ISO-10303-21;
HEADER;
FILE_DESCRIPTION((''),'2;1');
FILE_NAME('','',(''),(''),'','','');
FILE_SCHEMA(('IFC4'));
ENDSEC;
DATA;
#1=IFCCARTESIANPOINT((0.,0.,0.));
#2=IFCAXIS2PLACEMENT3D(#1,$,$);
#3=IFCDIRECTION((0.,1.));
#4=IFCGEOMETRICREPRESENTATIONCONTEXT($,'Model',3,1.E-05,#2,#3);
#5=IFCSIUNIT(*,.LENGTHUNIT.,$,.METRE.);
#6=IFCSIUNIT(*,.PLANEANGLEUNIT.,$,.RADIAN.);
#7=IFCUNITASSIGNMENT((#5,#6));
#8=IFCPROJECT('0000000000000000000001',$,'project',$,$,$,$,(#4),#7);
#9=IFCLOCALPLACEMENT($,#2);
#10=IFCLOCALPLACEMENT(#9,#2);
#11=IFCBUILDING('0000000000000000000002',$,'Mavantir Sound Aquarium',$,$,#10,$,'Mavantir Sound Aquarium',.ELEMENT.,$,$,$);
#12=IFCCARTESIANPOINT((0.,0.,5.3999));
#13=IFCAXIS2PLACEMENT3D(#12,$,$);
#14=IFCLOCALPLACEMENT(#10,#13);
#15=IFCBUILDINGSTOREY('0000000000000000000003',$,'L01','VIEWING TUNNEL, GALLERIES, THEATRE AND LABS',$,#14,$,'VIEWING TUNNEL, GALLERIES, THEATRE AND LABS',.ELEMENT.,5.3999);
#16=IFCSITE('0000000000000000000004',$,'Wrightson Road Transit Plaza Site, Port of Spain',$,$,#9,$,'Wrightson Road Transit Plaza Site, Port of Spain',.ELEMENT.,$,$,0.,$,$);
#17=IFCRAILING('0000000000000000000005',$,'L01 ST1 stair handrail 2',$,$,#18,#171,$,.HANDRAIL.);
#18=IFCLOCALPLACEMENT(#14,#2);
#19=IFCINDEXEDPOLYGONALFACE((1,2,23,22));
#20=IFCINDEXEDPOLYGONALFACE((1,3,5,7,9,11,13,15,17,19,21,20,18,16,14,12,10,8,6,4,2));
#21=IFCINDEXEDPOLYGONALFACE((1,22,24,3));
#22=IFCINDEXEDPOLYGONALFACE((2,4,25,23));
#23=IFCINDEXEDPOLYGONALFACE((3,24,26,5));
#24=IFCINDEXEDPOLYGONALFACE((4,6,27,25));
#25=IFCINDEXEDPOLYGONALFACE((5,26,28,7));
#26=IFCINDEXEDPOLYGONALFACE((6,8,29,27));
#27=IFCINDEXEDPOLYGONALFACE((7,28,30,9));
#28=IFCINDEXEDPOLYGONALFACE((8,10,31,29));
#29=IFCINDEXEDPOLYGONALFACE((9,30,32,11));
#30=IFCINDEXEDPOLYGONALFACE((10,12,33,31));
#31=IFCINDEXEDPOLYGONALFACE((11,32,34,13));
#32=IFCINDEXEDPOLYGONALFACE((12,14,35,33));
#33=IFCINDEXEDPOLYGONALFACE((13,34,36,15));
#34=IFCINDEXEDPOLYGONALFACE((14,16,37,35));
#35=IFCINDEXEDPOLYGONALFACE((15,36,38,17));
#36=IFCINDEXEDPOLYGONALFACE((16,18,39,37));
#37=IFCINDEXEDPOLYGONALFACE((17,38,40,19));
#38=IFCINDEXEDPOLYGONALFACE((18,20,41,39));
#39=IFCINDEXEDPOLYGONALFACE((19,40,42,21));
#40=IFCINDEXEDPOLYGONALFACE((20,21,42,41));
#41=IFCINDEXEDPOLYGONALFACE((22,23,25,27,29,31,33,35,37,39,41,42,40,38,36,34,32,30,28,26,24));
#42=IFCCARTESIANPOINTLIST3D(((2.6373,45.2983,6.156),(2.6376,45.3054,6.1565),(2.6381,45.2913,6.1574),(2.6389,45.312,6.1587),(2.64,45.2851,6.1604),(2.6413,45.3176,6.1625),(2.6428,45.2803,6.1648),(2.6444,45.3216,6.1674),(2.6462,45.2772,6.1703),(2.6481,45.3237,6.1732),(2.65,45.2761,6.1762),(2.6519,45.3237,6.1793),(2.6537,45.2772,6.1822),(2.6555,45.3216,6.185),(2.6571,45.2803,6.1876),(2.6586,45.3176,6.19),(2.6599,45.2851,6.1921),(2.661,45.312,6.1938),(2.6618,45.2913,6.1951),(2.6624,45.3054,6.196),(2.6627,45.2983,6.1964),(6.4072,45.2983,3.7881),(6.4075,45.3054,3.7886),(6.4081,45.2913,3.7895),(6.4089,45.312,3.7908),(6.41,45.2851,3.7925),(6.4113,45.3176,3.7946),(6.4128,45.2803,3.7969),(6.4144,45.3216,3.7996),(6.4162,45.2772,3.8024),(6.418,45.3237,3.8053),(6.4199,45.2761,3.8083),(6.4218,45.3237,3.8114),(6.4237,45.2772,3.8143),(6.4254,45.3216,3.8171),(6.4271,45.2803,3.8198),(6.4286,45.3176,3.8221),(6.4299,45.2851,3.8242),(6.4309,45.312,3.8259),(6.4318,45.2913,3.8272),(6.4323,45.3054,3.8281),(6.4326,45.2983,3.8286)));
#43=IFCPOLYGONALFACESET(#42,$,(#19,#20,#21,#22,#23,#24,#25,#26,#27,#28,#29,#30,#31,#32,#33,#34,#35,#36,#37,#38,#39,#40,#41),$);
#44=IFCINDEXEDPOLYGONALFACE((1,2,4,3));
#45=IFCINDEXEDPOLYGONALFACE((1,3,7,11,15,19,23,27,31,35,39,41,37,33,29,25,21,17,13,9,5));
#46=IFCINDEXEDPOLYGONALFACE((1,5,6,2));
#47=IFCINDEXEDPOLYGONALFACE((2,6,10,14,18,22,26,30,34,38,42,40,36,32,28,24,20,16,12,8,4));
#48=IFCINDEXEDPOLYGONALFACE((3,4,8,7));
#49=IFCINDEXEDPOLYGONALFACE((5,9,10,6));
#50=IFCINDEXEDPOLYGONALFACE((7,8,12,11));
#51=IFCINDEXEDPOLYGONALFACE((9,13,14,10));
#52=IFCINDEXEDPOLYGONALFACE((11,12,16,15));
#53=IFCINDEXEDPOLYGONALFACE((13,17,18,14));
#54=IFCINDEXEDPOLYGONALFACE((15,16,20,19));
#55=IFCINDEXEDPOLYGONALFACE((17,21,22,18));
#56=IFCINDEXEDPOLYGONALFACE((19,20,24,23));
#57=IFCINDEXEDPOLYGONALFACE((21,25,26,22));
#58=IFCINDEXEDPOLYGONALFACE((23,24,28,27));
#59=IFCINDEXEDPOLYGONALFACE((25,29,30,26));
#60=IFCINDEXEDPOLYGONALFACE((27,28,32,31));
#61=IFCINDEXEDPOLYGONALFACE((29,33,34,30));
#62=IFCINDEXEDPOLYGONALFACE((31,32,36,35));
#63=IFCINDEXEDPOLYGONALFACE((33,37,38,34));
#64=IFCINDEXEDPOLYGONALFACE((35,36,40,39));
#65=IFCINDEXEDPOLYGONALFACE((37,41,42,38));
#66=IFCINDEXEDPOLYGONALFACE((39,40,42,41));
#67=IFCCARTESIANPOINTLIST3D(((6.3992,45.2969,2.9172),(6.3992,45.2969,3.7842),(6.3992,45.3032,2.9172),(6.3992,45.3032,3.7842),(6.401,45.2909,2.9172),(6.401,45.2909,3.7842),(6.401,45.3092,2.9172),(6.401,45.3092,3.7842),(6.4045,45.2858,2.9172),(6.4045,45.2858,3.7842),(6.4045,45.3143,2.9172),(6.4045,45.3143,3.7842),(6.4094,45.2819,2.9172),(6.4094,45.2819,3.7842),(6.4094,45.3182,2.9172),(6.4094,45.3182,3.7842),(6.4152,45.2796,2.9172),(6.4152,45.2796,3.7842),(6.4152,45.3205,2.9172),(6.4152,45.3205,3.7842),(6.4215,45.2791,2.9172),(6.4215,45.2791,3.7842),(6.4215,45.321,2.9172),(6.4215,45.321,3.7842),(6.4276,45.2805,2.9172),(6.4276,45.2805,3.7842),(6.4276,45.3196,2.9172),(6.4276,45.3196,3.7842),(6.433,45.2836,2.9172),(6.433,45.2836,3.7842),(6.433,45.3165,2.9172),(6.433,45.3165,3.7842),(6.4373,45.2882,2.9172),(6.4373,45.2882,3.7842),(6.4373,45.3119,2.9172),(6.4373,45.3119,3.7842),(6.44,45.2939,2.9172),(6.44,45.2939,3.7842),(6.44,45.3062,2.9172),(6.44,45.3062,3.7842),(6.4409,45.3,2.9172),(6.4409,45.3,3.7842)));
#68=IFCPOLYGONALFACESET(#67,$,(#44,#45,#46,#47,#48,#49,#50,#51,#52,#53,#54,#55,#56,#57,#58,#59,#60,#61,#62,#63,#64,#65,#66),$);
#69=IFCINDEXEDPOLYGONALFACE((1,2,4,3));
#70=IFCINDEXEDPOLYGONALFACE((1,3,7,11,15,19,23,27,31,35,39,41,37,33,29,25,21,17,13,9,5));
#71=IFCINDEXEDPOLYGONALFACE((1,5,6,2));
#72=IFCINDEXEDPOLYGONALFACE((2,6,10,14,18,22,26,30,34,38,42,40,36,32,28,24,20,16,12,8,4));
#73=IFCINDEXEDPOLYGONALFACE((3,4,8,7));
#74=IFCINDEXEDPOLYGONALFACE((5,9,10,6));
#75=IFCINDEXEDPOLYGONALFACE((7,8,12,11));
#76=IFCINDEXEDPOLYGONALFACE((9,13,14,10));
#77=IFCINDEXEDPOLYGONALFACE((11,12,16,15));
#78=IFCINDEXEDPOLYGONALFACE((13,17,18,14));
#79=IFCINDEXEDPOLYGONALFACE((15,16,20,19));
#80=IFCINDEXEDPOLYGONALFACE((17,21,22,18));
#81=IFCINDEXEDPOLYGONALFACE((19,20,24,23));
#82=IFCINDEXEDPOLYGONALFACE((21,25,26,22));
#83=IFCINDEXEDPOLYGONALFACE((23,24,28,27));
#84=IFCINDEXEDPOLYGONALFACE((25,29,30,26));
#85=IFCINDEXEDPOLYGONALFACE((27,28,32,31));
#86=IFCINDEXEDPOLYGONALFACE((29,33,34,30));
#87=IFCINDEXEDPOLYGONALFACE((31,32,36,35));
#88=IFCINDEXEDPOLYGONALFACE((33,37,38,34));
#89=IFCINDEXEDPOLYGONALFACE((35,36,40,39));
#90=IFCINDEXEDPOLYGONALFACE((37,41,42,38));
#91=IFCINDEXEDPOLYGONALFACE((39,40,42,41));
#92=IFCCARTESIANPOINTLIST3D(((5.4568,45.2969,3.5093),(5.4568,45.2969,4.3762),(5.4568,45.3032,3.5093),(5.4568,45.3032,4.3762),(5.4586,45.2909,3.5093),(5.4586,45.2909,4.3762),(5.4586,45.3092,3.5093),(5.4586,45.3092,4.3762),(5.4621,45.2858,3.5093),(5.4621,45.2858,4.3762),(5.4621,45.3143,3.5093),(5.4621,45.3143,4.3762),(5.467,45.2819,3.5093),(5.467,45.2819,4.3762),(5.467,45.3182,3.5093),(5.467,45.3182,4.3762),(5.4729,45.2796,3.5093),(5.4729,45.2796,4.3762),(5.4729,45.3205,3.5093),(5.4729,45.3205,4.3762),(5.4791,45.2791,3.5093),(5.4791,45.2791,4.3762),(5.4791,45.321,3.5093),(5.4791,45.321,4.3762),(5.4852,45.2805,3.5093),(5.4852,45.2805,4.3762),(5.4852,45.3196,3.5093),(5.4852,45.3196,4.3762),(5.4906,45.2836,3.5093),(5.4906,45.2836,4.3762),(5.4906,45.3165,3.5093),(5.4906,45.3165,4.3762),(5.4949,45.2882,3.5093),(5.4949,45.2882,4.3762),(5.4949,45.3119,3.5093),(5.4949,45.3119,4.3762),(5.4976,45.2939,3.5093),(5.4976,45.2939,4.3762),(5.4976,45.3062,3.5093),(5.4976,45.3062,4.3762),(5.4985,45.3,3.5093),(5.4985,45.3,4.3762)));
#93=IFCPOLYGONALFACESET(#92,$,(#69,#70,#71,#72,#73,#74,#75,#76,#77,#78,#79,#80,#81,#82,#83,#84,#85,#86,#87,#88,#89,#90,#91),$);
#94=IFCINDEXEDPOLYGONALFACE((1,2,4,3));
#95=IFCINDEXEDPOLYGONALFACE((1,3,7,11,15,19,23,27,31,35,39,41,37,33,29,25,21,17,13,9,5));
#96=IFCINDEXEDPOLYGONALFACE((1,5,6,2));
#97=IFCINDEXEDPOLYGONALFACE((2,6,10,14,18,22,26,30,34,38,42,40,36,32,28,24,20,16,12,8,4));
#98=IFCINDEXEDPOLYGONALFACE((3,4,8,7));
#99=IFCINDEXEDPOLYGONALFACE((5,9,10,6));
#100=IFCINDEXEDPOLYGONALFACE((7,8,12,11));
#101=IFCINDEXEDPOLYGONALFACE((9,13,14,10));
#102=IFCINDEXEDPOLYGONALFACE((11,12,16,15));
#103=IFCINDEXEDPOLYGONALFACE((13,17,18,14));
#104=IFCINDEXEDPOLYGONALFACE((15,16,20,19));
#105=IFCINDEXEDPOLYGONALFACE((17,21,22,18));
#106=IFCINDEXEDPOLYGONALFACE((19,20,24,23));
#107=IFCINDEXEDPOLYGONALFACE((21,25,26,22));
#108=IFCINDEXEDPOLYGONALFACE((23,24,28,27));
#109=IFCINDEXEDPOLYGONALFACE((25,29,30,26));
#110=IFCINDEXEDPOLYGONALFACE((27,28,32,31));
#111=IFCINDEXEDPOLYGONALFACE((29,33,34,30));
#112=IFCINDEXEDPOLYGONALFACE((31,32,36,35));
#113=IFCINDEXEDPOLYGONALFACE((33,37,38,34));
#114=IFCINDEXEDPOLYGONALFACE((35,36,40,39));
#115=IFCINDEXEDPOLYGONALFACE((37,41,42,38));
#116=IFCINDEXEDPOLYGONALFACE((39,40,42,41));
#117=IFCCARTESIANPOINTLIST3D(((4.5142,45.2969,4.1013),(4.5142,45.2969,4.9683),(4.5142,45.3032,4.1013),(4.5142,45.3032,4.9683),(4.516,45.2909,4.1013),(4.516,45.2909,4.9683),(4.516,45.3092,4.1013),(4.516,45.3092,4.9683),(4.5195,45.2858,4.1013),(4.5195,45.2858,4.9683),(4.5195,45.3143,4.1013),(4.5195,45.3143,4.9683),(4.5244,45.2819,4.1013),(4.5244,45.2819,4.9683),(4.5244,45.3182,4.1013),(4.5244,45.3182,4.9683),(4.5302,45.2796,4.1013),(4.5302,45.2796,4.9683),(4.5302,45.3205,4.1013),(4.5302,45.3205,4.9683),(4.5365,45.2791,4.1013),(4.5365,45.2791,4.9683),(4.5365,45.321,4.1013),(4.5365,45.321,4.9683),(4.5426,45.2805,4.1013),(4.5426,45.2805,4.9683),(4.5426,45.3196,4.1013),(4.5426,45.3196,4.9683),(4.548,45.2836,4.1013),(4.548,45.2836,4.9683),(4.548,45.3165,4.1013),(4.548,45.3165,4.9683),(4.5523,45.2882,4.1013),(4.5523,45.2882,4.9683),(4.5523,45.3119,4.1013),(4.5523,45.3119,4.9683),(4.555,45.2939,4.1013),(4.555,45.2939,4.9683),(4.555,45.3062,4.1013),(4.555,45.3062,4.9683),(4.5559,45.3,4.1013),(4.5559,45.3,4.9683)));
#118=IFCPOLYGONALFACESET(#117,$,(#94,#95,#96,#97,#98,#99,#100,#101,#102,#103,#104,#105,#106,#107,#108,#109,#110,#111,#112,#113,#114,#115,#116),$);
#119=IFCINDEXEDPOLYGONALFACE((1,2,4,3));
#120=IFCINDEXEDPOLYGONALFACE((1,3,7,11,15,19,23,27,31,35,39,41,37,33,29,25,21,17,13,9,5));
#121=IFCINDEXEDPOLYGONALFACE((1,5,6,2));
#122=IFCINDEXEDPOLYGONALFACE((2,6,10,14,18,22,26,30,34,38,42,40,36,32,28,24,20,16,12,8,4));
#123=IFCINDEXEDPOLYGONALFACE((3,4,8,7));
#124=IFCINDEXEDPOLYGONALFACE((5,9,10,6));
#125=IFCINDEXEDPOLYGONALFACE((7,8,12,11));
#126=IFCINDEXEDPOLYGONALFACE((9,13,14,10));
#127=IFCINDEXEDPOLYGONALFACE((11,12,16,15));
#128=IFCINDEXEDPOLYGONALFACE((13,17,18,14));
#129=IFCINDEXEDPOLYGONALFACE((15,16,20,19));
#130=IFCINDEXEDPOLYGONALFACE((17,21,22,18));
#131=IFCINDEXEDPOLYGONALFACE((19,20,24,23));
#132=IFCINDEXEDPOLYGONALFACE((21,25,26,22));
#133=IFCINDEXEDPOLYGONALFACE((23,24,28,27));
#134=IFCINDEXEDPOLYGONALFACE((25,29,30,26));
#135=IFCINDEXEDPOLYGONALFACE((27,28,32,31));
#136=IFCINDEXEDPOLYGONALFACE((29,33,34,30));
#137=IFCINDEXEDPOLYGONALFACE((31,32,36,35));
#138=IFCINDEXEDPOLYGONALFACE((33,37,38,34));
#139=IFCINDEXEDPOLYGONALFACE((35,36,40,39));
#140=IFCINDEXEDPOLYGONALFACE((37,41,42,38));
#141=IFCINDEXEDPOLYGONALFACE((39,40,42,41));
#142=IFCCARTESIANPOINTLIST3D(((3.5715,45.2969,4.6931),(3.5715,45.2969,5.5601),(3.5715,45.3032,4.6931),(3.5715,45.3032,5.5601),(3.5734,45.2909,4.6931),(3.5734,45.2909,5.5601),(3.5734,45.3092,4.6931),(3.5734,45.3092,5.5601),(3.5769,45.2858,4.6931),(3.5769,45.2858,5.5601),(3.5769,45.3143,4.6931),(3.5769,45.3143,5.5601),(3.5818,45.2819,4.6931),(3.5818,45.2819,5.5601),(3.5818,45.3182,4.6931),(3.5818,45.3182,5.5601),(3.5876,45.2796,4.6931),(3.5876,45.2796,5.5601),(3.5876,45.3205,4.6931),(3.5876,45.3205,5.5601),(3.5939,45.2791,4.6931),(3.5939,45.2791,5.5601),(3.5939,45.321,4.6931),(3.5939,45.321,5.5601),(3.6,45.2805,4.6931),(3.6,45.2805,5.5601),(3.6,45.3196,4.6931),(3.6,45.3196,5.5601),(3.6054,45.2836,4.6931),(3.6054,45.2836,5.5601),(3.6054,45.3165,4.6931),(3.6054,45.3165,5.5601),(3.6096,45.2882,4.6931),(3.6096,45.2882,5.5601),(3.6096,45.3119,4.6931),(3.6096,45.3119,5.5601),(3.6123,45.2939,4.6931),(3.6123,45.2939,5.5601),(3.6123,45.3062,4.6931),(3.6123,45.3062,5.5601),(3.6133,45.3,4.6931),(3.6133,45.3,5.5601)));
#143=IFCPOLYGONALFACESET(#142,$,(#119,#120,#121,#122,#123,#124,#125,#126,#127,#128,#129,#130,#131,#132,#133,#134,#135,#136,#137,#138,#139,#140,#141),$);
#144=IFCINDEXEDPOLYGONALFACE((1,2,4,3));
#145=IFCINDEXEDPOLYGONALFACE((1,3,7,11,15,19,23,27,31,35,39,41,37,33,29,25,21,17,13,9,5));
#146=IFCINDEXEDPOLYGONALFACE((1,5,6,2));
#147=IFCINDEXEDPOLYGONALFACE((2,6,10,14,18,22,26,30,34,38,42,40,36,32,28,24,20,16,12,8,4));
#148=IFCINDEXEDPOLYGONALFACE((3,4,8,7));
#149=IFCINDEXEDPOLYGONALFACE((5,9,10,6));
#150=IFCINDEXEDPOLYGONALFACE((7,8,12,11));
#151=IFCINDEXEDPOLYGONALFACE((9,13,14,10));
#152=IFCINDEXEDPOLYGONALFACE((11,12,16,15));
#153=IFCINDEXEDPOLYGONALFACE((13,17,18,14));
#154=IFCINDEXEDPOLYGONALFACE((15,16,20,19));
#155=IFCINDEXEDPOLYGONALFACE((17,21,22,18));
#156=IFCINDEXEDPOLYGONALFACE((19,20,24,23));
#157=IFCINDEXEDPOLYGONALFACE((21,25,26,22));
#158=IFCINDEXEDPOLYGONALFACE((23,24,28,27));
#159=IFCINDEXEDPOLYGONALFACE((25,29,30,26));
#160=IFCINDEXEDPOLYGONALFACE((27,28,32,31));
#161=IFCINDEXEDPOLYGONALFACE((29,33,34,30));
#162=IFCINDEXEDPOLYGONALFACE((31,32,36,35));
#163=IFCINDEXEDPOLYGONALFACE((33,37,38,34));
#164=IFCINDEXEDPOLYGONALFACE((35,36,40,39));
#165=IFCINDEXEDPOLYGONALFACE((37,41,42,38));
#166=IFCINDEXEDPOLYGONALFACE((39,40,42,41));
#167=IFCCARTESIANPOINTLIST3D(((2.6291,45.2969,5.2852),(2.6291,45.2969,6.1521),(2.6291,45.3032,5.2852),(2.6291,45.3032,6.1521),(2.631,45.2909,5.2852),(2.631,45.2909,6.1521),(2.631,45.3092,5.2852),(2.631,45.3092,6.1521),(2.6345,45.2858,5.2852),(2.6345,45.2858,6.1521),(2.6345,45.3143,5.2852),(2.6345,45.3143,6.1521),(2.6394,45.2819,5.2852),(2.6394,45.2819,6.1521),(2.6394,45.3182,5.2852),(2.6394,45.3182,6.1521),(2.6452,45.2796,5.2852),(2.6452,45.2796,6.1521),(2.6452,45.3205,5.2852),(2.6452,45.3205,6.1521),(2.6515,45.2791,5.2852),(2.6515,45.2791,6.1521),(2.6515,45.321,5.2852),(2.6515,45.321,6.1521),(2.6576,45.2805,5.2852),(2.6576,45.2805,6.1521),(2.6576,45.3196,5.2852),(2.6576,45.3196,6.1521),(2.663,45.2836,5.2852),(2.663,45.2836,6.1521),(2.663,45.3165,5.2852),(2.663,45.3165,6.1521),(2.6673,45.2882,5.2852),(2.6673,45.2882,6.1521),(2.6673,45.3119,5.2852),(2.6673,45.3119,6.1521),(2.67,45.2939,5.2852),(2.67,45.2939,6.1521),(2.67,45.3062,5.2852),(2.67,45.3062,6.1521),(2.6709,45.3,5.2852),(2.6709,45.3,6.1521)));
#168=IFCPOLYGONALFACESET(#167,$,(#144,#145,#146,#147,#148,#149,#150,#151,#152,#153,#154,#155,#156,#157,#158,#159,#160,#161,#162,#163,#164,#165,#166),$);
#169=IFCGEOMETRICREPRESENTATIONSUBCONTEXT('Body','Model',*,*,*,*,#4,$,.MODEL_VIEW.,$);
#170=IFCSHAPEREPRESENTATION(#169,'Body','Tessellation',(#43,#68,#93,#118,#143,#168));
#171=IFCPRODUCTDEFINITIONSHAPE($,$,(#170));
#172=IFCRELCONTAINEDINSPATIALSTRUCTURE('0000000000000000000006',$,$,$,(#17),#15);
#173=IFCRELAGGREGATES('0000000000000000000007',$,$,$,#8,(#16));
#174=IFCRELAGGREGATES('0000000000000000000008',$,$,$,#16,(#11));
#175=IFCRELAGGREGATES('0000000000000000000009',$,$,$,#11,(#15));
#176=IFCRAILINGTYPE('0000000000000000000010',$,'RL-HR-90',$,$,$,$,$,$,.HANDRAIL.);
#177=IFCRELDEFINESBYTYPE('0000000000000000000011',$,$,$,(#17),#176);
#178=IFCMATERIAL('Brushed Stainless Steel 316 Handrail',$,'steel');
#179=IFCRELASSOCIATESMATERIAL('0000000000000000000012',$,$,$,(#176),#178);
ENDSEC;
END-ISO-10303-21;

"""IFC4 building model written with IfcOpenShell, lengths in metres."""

from ifc_helpers import new_model, si_unit, direction, frame, origin, origin_2d, place, context, subcontext, project, spatial, circle, extrude, material, type_object, element, save


model = new_model("IFC4")

# Units and contexts
model_context = context("Model", 3, precision=1e-05, world=origin(), true_north=direction((0.0, 1.0)))
body_context = subcontext(model_context, "Body", "Model", "MODEL_VIEW")
ifc_project = project(units=[si_unit("LENGTHUNIT", "METRE"), si_unit("PLANEANGLEUNIT", "RADIAN")], contexts=[model_context])

# Site, building, storey
site_placement = place(None, origin())
site = spatial("IfcSite", under=ifc_project, at=site_placement, Name="Wrightson Road Transit Plaza Site, Port of Spain", LongName="Wrightson Road Transit Plaza Site, Port of Spain", CompositionType="ELEMENT", RefElevation=0.0)
building_placement = place(site_placement, origin())
building = spatial("IfcBuilding", under=site, at=building_placement, Name="Mavantir Sound Aquarium", LongName="Mavantir Sound Aquarium", CompositionType="ELEMENT")
storey_placement = place(building_placement, frame((0.0, 0.0, 5.3999)))
storey = spatial("IfcBuildingStorey", under=building, at=storey_placement, Name="L01", Description="VIEWING TUNNEL, GALLERIES, THEATRE AND LABS", LongName="VIEWING TUNNEL, GALLERIES, THEATRE AND LABS", CompositionType="ELEMENT", Elevation=5.3999)

# Railing
ifc_material_1 = material(Name="Brushed Stainless Steel 316 Handrail", Category="steel")
railing_type_1 = type_object("IfcRailingType", Name="RL-HR-90", PredefinedType="HANDRAIL", material=ifc_material_1)
railing_1_placement = place(storey_placement, frame((6.4199, 45.3, 2.9172)))
element("IfcRailing", 1, at=railing_1_placement, inside=storey, type_object=railing_type_1, Name="L01 ST1 stair handrail 2", PredefinedType="HANDRAIL", context=body_context, shape_type="SweptSolid", body=[
    extrude(circle(Radius=0.0239, at=origin_2d()), frame((0.0, 0.0, 0.8911), z_axis=(-0.846819, 0.0, 0.531881), x_axis=(0.0, -1.0, 0.0)), (0.0, 0.0, 1.0), 4.4519),
    extrude(circle(Radius=0.021, at=origin_2d()), origin(), (0.0, 0.0, 1.0), 0.8669),
    extrude(circle(Radius=0.021, at=origin_2d()), frame((-0.9424, 0.0, 0.592)), (0.0, 0.0, 1.0), 0.8669),
    extrude(circle(Radius=0.021, at=origin_2d()), frame((-1.885, 0.0, 1.1841)), (0.0, 0.0, 1.0), 0.8669),
    extrude(circle(Radius=0.021, at=origin_2d()), frame((-2.8276, 0.0, 1.7759)), (0.0, 0.0, 1.0), 0.8669),
    extrude(circle(Radius=0.021, at=origin_2d()), frame((-3.77, 0.0, 2.3679)), (0.0, 0.0, 1.0), 0.8669),
])

save(model, "model.ifc")
